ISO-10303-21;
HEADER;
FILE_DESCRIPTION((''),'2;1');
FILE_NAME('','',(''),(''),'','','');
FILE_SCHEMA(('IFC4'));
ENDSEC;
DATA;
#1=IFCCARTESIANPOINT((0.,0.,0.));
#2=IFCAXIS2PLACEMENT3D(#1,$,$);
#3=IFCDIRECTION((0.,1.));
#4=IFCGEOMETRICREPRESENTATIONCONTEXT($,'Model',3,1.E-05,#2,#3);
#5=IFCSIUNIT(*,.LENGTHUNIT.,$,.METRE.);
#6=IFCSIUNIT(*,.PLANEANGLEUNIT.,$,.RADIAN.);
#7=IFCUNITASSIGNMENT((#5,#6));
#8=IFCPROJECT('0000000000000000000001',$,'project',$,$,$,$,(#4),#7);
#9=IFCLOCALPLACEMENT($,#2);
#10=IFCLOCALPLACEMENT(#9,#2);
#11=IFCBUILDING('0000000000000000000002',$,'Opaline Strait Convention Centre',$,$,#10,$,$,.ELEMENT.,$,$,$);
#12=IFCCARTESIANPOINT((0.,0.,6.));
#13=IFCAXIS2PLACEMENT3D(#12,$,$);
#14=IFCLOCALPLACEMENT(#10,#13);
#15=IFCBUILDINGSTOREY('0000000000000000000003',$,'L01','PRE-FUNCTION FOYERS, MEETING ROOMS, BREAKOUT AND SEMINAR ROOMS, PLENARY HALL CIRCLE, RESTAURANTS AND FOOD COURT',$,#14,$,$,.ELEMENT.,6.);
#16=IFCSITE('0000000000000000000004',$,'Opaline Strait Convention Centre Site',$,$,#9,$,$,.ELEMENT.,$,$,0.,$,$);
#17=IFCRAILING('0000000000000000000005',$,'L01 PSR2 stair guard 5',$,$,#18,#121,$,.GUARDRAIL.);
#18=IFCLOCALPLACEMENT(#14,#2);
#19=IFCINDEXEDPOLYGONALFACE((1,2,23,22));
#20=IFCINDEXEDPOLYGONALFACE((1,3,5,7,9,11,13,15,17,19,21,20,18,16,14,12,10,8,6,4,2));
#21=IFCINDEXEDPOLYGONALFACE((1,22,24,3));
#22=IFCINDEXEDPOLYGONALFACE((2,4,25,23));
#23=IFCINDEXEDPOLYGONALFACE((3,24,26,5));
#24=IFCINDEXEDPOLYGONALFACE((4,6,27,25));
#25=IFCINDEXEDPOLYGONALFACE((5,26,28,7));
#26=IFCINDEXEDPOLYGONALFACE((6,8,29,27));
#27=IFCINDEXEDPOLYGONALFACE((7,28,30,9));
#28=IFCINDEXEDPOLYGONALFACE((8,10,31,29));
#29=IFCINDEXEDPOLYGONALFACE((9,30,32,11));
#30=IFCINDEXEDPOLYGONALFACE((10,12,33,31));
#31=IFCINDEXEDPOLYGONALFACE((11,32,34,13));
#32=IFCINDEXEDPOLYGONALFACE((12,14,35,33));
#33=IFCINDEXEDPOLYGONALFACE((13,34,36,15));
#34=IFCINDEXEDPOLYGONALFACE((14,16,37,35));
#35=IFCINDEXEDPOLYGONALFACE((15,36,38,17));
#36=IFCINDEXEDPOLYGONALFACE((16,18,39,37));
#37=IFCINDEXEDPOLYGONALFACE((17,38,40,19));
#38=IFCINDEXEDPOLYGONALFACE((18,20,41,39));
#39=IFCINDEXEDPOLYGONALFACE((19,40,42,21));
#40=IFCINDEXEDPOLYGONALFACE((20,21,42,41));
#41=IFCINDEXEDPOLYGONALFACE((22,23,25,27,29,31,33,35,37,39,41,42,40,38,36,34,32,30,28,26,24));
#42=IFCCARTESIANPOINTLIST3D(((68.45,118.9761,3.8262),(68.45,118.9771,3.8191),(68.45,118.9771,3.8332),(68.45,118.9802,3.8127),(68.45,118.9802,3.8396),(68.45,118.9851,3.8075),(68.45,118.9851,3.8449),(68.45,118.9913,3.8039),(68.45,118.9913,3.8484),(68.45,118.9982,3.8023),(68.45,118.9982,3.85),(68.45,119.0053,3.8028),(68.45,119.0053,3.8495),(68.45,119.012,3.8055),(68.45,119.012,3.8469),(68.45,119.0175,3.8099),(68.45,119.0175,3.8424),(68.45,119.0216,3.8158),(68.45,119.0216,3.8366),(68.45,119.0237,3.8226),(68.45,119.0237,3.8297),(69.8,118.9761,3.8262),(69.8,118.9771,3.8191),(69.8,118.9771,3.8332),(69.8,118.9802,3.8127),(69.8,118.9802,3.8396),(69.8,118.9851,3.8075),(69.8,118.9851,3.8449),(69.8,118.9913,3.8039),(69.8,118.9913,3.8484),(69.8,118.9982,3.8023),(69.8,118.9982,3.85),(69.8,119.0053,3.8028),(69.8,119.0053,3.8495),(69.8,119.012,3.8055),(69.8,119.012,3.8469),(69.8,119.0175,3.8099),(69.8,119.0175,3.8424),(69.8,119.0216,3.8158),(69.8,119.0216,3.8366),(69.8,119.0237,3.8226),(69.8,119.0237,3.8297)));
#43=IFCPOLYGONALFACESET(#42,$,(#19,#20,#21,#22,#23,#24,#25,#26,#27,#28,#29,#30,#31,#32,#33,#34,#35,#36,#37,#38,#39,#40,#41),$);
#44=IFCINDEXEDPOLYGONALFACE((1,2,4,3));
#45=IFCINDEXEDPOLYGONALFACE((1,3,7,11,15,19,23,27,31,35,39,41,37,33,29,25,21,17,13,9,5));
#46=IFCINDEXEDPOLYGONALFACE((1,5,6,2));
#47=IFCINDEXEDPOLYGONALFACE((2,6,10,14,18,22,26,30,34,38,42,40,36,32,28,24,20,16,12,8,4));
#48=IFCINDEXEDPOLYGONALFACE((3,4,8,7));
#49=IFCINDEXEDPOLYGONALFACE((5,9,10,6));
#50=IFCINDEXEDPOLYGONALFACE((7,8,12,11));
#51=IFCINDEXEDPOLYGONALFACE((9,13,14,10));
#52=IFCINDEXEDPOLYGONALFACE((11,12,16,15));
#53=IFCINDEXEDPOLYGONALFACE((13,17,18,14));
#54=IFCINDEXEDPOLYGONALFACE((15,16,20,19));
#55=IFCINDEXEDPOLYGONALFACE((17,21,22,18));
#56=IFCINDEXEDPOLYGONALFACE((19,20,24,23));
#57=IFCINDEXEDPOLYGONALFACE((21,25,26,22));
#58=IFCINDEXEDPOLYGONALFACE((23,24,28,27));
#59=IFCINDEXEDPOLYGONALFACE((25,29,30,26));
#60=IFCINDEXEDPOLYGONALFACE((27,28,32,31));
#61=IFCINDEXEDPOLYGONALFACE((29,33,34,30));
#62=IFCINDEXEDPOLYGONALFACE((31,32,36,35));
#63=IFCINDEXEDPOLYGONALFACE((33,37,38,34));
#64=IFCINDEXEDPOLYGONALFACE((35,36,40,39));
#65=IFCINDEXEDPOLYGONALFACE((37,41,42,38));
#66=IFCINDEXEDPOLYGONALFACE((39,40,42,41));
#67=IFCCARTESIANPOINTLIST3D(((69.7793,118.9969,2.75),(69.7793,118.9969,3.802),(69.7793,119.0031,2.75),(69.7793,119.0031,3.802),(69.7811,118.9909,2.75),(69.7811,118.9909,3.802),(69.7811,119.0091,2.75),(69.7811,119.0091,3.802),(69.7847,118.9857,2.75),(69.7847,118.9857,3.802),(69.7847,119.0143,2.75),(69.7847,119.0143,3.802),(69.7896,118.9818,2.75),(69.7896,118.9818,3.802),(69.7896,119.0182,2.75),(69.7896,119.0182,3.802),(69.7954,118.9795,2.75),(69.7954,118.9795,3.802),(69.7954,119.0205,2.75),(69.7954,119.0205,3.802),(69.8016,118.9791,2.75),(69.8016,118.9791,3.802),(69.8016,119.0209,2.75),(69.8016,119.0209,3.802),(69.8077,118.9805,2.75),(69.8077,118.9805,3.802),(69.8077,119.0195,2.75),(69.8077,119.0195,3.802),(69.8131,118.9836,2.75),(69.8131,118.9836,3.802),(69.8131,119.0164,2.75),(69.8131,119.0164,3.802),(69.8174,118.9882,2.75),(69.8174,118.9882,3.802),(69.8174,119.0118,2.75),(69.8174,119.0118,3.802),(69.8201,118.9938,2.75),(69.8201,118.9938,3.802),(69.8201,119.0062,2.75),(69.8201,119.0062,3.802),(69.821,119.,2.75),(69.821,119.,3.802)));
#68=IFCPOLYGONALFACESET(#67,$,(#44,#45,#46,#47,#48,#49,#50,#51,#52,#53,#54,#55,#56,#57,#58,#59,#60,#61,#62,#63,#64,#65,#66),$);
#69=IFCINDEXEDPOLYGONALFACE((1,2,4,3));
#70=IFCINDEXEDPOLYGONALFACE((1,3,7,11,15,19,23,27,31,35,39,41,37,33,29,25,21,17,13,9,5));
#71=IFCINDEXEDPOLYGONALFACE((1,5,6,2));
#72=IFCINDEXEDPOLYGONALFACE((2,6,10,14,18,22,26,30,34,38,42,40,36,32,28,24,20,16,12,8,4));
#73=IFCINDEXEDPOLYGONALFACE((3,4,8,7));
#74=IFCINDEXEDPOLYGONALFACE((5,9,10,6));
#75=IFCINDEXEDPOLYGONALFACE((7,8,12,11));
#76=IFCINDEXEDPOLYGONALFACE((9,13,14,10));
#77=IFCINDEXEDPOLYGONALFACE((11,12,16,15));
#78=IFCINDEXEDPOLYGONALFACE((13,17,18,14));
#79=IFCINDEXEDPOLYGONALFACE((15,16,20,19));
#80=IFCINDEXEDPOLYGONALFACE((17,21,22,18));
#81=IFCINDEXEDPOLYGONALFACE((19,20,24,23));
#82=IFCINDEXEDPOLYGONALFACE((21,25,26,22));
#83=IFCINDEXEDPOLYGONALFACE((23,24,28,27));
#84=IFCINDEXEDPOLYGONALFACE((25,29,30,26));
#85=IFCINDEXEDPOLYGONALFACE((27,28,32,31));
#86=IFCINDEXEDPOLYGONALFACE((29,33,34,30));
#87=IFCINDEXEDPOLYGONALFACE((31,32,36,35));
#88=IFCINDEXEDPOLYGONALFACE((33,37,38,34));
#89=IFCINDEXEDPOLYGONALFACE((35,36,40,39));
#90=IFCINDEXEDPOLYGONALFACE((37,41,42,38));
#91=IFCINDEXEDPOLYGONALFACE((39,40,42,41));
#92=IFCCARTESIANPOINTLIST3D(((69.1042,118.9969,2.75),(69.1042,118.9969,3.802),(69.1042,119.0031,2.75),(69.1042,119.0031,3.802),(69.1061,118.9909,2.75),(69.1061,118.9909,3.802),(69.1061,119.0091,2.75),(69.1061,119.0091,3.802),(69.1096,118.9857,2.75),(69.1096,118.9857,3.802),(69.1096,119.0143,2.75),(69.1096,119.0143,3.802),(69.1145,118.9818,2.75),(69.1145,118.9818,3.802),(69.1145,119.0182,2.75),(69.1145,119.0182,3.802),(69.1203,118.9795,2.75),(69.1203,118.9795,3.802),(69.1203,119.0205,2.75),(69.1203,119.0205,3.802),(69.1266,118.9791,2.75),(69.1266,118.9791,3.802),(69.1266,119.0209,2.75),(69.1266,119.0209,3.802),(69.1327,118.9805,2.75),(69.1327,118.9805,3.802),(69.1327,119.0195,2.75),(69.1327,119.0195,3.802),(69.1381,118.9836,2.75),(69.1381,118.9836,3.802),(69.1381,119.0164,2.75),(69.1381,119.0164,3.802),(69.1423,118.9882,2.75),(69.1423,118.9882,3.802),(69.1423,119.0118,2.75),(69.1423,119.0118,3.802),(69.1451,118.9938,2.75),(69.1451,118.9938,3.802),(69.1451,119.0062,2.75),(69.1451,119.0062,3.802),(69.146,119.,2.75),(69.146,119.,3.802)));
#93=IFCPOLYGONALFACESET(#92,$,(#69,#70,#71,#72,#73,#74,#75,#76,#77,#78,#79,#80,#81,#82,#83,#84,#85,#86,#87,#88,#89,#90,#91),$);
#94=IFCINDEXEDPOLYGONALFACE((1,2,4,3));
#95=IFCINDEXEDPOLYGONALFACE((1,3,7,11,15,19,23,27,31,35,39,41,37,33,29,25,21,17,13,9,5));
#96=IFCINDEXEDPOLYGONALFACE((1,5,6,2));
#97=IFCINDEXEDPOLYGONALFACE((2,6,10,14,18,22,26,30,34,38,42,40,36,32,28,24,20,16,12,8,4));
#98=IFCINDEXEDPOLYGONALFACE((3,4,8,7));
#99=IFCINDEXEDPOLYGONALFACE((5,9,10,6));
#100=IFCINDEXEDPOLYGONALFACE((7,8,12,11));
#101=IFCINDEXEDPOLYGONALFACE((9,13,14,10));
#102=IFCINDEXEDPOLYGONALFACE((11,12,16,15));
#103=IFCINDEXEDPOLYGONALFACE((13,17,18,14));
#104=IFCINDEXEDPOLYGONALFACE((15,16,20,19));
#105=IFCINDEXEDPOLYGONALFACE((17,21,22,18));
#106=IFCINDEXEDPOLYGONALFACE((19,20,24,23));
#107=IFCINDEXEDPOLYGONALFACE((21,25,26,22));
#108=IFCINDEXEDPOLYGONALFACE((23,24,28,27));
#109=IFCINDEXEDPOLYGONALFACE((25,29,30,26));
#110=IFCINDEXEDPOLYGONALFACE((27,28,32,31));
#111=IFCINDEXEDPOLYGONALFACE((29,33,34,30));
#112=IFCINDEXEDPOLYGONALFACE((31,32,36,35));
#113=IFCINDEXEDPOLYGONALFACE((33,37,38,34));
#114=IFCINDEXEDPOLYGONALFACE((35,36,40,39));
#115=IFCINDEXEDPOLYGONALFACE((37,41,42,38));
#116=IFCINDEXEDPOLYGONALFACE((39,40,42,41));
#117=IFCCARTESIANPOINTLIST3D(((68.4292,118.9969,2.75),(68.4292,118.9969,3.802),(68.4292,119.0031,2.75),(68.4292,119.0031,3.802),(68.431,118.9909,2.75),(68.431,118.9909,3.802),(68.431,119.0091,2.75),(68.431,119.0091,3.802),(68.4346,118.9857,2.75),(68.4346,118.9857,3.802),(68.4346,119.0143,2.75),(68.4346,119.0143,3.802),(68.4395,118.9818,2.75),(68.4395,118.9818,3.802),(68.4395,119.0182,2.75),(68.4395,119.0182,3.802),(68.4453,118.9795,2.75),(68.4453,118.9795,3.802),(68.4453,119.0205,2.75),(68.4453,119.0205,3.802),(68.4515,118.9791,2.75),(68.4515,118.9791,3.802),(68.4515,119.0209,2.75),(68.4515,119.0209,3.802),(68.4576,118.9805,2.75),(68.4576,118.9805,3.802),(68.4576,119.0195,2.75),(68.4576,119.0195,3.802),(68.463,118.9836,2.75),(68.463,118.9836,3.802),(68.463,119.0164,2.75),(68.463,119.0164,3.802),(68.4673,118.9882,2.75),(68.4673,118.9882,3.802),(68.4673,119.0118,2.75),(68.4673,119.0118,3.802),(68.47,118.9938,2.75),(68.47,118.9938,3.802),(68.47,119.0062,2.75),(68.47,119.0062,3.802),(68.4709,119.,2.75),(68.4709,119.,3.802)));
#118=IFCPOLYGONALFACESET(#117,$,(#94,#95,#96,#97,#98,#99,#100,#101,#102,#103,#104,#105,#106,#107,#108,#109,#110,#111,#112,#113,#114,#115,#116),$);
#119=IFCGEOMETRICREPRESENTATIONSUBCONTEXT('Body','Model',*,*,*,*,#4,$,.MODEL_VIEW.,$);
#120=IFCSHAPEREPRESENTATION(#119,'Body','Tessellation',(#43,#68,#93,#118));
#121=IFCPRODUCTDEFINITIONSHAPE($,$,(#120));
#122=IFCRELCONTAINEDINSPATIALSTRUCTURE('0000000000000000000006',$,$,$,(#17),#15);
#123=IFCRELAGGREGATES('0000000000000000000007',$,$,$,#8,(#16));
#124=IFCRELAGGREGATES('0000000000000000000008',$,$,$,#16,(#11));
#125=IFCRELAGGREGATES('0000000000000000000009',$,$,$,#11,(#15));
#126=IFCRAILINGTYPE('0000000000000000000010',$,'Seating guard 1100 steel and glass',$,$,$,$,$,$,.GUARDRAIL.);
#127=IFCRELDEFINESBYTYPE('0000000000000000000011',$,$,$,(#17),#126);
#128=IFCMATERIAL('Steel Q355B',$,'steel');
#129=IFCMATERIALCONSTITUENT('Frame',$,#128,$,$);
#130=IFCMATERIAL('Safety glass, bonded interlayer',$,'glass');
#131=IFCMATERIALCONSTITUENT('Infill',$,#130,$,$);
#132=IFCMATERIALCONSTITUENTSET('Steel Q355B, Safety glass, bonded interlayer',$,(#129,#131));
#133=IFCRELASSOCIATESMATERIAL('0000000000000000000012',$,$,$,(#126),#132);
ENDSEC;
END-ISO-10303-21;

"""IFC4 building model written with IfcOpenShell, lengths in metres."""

from ifc_helpers import new_model, si_unit, direction, frame, origin, origin_2d, place, context, subcontext, project, spatial, circle, extrude, material, constituent, constituent_set, type_object, element, save


model = new_model("IFC4")

# Units and contexts
model_context = context("Model", 3, precision=1e-05, world=origin(), true_north=direction((0.0, 1.0)))
body_context = subcontext(model_context, "Body", "Model", "MODEL_VIEW")
ifc_project = project(units=[si_unit("LENGTHUNIT", "METRE"), si_unit("PLANEANGLEUNIT", "RADIAN")], contexts=[model_context])

# Site, building, storey
site_placement = place(None, origin())
site = spatial("IfcSite", under=ifc_project, at=site_placement, Name="Opaline Strait Convention Centre Site", CompositionType="ELEMENT", RefElevation=0.0)
building_placement = place(site_placement, origin())
building = spatial("IfcBuilding", under=site, at=building_placement, Name="Opaline Strait Convention Centre", CompositionType="ELEMENT")
storey_placement = place(building_placement, frame((0.0, 0.0, 6.0)))
storey = spatial("IfcBuildingStorey", under=building, at=storey_placement, Name="L01", Description="PRE-FUNCTION FOYERS, MEETING ROOMS, BREAKOUT AND SEMINAR ROOMS, PLENARY HALL CIRCLE, RESTAURANTS AND FOOD COURT", CompositionType="ELEMENT", Elevation=6.0)

# Railing
ifc_material_1 = material(Name="Steel Q355B", Category="steel")
ifc_constituent_1 = constituent(ifc_material_1, Name="Frame")
ifc_material_2 = material(Name="Safety glass, bonded interlayer", Category="glass")
ifc_constituent_2 = constituent(ifc_material_2, Name="Infill")
ifc_constituent_set_1 = constituent_set(constituents=[ifc_constituent_1, ifc_constituent_2], Name="Steel Q355B, Safety glass, bonded interlayer")
railing_type_1 = type_object("IfcRailingType", Name="Seating guard 1100 steel and glass", PredefinedType="GUARDRAIL", material=ifc_constituent_set_1)
railing_1_placement = place(storey_placement, frame((69.8, 119.0, 2.75)))
element("IfcRailing", 1, at=railing_1_placement, inside=storey, type_object=railing_type_1, Name="L01 PSR2 stair guard 5", PredefinedType="GUARDRAIL", context=body_context, shape_type="SweptSolid", body=[
    extrude(circle(Radius=0.0239, at=origin_2d()), frame((0.0, 0.0, 1.0762), z_axis=(-1.0, 0.0, 0.0), x_axis=(0.0, -1.0, 0.0)), (0.0, 0.0, 1.0), 1.3501),
    extrude(circle(Radius=0.021, at=origin_2d()), origin(), (0.0, 0.0, 1.0), 1.052),
    extrude(circle(Radius=0.021, at=origin_2d()), frame((-0.675, 0.0, 0.0)), (0.0, 0.0, 1.0), 1.052),
    extrude(circle(Radius=0.021, at=origin_2d()), frame((-1.3501, 0.0, 0.0)), (0.0, 0.0, 1.0), 1.052),
])

save(model, "model.ifc")
